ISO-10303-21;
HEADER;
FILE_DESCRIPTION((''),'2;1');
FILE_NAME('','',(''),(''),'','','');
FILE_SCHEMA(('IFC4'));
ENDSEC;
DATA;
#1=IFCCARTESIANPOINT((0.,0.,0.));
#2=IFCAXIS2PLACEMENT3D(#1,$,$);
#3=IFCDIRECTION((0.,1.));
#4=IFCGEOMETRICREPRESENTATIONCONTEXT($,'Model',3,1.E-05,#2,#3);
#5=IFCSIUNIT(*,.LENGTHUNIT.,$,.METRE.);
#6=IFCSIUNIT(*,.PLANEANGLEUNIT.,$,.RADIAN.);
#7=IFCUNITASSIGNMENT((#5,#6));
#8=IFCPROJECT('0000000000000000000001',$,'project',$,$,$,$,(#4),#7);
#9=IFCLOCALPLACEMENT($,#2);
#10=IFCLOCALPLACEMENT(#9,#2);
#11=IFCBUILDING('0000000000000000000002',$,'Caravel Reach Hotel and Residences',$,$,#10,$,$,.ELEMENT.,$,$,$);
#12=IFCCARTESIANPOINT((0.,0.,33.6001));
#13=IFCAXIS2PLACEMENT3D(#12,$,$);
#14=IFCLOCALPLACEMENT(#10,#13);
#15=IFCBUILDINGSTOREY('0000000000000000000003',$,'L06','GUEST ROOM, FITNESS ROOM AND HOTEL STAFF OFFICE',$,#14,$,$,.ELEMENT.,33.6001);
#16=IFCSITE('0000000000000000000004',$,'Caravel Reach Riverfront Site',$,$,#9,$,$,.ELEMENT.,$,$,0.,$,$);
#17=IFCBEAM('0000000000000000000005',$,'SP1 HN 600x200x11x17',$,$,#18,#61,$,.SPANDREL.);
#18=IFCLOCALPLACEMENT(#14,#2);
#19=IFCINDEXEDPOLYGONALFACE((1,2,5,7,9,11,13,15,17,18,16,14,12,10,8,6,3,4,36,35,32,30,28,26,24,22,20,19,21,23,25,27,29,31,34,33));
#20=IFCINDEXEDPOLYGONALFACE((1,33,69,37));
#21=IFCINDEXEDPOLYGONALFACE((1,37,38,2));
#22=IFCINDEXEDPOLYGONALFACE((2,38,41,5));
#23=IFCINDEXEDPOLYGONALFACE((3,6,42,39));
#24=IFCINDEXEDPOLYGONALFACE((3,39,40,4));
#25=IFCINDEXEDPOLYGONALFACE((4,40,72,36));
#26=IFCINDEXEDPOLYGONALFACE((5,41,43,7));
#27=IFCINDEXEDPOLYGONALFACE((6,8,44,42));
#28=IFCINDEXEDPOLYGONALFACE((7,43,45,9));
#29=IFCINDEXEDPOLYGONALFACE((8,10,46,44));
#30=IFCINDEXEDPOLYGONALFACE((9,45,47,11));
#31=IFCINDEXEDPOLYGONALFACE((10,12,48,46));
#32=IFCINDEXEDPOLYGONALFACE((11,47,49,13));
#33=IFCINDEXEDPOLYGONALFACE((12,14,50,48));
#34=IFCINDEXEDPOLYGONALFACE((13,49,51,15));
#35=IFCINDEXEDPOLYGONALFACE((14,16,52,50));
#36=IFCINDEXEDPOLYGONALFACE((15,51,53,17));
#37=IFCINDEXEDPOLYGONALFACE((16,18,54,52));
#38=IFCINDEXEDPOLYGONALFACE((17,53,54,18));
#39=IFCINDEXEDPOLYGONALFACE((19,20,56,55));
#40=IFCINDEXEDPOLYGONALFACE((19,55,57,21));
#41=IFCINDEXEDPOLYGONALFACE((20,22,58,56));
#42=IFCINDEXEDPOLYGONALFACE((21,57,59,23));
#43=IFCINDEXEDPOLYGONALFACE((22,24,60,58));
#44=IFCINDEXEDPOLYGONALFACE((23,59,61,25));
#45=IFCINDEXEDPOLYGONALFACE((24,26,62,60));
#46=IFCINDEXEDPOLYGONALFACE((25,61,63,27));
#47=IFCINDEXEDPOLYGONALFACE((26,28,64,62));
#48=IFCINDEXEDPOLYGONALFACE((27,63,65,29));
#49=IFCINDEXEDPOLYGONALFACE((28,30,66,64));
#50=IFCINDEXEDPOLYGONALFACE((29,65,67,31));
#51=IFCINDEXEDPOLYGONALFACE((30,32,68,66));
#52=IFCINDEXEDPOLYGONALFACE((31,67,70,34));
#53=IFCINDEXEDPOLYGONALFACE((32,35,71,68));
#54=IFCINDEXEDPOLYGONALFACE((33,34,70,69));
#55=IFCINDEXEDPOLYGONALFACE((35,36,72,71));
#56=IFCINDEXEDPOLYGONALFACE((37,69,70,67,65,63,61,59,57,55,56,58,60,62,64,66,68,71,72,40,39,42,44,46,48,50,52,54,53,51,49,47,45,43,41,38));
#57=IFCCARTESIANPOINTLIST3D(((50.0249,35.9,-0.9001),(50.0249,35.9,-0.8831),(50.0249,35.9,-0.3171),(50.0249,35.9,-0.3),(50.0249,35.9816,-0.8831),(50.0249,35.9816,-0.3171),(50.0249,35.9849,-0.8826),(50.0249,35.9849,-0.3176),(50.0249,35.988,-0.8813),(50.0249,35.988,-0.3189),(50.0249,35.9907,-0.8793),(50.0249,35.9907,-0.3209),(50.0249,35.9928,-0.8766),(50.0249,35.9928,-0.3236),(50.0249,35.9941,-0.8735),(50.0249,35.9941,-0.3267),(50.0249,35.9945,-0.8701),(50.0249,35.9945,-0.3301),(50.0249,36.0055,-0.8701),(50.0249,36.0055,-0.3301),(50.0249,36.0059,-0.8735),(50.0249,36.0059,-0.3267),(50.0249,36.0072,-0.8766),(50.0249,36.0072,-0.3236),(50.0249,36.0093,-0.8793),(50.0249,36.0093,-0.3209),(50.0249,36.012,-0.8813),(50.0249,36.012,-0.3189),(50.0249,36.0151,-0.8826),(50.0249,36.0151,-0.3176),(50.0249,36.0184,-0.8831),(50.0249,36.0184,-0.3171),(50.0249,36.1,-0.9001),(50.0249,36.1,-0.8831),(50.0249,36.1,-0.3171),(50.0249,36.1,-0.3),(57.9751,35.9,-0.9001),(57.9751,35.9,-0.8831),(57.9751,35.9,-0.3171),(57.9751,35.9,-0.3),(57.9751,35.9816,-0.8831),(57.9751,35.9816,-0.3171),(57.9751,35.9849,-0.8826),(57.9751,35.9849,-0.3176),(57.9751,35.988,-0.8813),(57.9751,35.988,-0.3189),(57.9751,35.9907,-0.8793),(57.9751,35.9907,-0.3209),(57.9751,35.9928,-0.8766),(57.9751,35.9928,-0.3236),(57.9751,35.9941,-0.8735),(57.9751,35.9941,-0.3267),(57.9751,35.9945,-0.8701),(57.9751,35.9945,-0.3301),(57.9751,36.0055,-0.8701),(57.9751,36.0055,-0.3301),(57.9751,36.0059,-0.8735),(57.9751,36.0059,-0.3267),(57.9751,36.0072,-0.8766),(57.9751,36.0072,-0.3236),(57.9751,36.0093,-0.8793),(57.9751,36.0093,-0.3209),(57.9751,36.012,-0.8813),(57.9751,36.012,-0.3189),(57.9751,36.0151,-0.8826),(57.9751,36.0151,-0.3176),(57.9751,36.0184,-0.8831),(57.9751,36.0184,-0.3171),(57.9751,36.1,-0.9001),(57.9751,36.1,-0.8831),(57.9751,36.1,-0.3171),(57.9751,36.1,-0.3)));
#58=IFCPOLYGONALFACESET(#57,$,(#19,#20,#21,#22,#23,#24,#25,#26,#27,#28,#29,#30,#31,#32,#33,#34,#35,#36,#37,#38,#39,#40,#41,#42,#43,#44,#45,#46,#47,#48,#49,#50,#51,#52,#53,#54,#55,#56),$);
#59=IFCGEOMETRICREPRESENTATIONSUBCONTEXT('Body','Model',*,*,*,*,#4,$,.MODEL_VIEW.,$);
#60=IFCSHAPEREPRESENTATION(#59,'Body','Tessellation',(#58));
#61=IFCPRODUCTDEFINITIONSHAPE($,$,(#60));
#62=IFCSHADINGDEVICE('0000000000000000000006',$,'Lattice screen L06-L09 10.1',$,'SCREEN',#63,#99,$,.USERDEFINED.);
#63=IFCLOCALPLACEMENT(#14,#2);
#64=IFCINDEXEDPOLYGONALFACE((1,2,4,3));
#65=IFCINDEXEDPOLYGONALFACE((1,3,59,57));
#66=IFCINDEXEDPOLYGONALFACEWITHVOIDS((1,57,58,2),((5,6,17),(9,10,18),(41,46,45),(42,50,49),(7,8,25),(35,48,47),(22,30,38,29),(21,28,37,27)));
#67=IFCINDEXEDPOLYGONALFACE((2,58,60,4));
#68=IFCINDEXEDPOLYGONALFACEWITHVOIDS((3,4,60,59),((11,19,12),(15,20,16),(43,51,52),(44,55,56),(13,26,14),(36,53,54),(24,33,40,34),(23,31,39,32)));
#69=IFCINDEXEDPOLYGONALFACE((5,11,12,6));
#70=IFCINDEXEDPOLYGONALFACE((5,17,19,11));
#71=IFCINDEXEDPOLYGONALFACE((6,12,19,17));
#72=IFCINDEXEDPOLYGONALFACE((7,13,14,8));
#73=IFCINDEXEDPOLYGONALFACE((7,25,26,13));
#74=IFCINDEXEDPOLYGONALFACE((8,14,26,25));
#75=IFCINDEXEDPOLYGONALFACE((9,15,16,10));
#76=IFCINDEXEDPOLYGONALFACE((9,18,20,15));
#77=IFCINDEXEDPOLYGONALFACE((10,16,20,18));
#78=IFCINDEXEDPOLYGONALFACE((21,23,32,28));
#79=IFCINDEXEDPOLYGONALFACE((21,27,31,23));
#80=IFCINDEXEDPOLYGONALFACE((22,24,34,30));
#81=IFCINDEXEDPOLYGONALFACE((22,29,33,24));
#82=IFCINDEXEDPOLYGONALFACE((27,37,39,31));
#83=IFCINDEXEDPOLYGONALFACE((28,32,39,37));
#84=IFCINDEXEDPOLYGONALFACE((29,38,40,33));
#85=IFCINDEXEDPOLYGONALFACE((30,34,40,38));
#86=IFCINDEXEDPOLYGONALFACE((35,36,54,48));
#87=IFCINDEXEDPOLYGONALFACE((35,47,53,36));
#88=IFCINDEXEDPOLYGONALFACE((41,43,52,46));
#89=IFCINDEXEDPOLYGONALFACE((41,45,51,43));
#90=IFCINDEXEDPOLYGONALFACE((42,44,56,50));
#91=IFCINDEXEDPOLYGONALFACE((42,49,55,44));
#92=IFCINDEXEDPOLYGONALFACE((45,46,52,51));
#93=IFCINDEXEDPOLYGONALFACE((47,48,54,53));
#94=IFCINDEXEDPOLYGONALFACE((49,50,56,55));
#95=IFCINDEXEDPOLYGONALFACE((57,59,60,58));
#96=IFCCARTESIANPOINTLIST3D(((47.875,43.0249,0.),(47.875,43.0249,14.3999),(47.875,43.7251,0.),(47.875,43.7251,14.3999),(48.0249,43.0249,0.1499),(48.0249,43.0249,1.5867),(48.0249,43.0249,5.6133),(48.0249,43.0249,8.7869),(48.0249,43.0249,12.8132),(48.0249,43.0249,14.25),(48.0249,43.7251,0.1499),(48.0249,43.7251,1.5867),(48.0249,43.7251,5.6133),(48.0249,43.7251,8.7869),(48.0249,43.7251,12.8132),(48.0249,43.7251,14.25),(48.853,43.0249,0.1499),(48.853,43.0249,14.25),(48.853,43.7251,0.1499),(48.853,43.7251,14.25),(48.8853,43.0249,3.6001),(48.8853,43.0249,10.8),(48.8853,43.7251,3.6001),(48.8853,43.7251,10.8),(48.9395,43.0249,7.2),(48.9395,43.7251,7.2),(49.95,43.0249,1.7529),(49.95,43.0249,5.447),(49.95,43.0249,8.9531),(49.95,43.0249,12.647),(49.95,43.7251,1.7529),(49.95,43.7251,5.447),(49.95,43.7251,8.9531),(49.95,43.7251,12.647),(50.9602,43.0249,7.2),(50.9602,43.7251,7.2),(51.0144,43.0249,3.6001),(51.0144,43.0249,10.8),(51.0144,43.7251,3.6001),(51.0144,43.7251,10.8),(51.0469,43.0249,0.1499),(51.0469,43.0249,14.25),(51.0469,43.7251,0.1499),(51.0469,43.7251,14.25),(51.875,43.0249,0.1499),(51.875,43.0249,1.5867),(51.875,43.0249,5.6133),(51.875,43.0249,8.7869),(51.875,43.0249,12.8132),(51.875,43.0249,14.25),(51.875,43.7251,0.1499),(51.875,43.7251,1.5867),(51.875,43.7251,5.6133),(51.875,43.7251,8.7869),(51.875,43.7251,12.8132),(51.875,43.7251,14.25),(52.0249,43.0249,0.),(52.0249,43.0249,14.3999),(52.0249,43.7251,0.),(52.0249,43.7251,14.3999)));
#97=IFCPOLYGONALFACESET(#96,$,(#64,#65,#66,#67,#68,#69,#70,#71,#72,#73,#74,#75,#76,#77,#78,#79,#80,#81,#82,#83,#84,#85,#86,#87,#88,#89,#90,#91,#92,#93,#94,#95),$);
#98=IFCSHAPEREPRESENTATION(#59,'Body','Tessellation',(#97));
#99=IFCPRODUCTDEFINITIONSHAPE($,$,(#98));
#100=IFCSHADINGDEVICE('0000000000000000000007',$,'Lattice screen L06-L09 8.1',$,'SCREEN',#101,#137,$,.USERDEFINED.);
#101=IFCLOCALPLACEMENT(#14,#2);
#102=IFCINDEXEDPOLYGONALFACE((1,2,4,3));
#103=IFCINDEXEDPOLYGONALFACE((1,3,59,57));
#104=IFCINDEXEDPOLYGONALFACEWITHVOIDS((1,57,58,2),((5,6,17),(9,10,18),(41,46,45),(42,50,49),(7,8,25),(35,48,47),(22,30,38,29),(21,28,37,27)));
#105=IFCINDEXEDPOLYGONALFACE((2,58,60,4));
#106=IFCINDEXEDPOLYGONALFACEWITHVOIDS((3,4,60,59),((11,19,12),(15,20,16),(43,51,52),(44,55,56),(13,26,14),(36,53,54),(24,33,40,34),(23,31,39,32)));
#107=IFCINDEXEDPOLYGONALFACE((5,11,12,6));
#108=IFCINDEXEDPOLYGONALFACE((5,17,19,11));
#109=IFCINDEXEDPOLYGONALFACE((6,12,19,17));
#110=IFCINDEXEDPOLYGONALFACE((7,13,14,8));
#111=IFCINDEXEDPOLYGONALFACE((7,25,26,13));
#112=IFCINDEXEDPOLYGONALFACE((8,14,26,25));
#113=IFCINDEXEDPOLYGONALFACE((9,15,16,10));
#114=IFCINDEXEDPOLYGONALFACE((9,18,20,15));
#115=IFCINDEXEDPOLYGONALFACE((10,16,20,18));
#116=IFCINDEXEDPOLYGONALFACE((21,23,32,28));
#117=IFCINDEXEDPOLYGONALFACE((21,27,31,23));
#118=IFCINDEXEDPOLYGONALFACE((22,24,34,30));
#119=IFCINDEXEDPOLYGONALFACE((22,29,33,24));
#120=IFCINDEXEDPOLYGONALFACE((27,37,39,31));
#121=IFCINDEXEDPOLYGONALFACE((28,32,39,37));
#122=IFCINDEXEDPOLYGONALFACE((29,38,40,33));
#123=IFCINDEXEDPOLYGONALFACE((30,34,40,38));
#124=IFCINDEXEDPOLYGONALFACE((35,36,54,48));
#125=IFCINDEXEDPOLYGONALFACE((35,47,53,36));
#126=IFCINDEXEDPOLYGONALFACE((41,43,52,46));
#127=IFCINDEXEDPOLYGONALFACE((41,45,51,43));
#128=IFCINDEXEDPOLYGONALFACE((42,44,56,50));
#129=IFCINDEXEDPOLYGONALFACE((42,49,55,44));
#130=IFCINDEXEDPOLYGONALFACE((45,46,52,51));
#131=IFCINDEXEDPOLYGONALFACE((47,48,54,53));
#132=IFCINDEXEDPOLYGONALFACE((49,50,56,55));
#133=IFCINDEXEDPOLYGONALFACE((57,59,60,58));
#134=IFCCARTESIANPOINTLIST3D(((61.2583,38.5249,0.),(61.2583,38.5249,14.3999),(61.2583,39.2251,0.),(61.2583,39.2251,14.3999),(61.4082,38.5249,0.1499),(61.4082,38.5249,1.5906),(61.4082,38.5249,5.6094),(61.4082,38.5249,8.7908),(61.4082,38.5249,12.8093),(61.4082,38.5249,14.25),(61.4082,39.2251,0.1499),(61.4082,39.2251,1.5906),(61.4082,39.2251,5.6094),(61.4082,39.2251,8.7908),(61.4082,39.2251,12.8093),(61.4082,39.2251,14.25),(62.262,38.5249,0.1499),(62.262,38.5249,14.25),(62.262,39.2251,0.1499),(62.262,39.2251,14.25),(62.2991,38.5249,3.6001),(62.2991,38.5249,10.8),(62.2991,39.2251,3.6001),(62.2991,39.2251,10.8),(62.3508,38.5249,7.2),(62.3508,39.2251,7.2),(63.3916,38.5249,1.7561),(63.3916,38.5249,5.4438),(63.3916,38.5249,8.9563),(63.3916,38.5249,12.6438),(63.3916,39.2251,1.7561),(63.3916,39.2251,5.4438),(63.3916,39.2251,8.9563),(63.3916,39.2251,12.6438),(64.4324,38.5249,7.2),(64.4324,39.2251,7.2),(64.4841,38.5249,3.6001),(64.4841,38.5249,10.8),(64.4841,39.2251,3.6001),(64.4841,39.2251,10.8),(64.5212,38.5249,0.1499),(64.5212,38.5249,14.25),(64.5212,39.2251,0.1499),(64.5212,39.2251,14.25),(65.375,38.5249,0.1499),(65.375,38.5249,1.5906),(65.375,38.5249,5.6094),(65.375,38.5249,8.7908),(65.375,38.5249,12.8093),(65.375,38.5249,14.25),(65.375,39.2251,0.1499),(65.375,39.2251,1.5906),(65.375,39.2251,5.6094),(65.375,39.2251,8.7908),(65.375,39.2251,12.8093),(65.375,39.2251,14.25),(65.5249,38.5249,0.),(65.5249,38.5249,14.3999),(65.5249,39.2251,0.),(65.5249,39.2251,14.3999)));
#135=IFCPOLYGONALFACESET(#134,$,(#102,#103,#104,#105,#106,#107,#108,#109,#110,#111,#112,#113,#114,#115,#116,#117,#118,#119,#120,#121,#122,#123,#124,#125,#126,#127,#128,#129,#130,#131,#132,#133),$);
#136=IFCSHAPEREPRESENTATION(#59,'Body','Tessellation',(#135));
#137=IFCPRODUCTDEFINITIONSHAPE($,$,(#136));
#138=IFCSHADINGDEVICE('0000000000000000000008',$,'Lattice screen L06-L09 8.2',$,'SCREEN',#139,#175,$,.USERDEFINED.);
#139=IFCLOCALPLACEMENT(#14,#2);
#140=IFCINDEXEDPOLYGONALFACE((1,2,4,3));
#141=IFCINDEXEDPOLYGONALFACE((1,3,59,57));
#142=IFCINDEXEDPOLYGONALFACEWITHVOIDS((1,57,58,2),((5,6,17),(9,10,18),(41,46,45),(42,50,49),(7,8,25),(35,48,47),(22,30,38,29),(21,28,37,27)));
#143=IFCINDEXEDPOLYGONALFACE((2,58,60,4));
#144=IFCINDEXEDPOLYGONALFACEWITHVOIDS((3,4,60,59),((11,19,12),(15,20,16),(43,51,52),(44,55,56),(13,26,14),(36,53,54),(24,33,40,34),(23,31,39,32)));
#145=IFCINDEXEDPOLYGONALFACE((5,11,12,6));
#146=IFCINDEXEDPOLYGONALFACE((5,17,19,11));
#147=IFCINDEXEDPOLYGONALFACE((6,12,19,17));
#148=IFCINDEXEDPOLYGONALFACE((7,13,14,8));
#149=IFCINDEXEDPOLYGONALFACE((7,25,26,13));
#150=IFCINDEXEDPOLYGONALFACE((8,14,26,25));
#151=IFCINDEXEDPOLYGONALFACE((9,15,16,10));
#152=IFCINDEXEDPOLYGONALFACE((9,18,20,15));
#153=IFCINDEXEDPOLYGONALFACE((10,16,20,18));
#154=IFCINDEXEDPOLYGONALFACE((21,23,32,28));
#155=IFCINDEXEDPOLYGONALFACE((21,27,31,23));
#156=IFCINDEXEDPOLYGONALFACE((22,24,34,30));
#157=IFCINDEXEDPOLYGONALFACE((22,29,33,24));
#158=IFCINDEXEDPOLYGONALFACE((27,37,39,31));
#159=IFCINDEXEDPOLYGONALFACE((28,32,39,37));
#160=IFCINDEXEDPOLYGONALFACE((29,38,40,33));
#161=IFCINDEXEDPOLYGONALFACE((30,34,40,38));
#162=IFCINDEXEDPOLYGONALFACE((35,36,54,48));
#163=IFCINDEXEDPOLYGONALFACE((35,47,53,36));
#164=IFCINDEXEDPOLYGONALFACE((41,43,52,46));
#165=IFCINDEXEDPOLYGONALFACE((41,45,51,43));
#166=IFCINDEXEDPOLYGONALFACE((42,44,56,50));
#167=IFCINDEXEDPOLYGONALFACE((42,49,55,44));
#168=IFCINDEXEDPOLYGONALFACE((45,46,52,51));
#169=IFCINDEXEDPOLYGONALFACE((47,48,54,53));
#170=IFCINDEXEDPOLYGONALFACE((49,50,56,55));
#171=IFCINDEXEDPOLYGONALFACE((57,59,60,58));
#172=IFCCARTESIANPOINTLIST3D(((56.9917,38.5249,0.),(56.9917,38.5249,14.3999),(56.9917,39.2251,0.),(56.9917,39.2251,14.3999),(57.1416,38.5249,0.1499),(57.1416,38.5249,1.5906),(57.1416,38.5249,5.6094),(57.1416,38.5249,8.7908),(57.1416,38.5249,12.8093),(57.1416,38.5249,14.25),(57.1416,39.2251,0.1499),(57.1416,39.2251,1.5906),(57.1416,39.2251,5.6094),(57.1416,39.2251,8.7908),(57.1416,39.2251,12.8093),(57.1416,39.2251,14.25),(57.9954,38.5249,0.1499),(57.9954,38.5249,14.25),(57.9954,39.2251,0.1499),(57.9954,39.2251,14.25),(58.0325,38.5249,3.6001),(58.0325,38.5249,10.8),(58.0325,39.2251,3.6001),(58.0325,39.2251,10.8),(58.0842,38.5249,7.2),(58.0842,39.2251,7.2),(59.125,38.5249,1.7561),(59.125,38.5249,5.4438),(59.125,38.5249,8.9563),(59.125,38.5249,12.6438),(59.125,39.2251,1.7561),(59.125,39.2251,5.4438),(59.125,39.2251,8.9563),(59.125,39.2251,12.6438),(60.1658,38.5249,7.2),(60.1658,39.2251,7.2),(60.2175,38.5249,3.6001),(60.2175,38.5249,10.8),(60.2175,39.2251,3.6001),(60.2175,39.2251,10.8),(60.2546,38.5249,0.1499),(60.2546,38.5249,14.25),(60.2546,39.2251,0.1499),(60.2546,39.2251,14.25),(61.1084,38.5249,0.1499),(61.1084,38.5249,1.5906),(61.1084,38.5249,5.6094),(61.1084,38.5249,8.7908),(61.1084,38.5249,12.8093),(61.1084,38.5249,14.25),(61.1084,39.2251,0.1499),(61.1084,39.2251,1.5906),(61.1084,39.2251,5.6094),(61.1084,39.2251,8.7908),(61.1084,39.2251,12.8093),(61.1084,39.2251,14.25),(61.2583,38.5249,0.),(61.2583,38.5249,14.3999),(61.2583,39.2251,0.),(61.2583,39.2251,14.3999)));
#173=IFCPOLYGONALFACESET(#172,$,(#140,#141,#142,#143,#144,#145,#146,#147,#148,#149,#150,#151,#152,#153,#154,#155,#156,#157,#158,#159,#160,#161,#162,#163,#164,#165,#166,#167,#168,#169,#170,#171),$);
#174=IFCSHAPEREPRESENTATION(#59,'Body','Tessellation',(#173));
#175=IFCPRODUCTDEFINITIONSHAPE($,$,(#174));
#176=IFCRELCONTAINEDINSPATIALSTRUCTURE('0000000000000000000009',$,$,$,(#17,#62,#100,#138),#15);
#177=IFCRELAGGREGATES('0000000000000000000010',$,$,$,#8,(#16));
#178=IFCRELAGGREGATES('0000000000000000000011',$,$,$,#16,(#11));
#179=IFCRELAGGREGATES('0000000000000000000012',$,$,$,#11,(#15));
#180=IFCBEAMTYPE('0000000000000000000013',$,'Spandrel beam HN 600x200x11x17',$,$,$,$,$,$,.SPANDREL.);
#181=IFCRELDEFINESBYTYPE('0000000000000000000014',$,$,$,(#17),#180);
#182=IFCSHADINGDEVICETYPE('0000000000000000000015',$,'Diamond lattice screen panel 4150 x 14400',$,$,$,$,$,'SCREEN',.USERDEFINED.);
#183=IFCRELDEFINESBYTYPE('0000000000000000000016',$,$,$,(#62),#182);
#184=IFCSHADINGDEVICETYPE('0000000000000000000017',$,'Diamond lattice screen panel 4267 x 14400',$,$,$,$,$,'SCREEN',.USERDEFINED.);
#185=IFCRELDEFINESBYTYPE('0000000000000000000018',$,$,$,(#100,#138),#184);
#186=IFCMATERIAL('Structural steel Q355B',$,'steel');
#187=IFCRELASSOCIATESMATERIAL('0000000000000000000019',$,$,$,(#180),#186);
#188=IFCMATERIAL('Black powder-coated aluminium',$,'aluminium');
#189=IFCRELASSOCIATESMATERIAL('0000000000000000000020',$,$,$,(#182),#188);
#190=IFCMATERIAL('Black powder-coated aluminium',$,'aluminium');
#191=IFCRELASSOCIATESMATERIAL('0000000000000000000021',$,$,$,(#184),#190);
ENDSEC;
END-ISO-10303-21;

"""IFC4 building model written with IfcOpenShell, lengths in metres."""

from ifc_helpers import new_model, si_unit, direction, frame, origin, origin_2d, place, context, subcontext, project, spatial, polyline, i_section, outline, extrude, material, material_profile, profile_set, type_object, element, save


model = new_model("IFC4")

# Units and contexts
model_context = context("Model", 3, precision=1e-05, world=origin(), true_north=direction((0.0, 1.0)))
body_context = subcontext(model_context, "Body", "Model", "MODEL_VIEW")
ifc_project = project(units=[si_unit("LENGTHUNIT", "METRE"), si_unit("PLANEANGLEUNIT", "RADIAN")], contexts=[model_context])

# Site, building, storey
site_placement = place(None, origin())
site = spatial("IfcSite", under=ifc_project, at=site_placement, Name="Caravel Reach Riverfront Site", CompositionType="ELEMENT", RefElevation=0.0)
building_placement = place(site_placement, origin())
building = spatial("IfcBuilding", under=site, at=building_placement, Name="Caravel Reach Hotel and Residences", CompositionType="ELEMENT")
storey_placement = place(building_placement, frame((0.0, 0.0, 33.6001)))
storey = spatial("IfcBuildingStorey", under=building, at=storey_placement, Name="L06", Description="GUEST ROOM, FITNESS ROOM AND HOTEL STAFF OFFICE", CompositionType="ELEMENT", Elevation=33.6001)

# Beam
ifc_material_1 = material(Name="Structural steel Q355B", Category="steel")
ifc_material_profile_1 = material_profile(ifc_material_1, i_section(OverallWidth=0.2, OverallDepth=0.6001, WebThickness=0.011, FlangeThickness=0.0171, FilletRadius=0.0129, at=origin_2d()), Name="HN 600x200x11x17")
ifc_profile_set_1 = profile_set([ifc_material_profile_1], Name="Structural steel Q355B")
beam_type_1 = type_object("IfcBeamType", Name="Spandrel beam HN 600x200x11x17", PredefinedType="SPANDREL", material=ifc_profile_set_1)
beam_placement = place(storey_placement, frame((57.9751, 36.0, -0.6001), z_axis=(-1.0, 0.0, 0.0), x_axis=(0.0, -1.0, 0.0)))
element("IfcBeam", 1, at=beam_placement, inside=storey, type_object=beam_type_1, Name="SP1 HN 600x200x11x17", PredefinedType="SPANDREL", context=body_context, shape_type="SweptSolid", body=[
    extrude(i_section(OverallWidth=0.2, OverallDepth=0.6001, WebThickness=0.011, FlangeThickness=0.0171, FilletRadius=0.0129, at=origin_2d()), origin(), (0.0, 0.0, 1.0), 7.9502),
])

# Shading devices
ifc_material_2 = material(Name="Black powder-coated aluminium", Category="aluminium")
shading_device_type_1 = type_object("IfcShadingDeviceType", Name="Diamond lattice screen panel 4150 x 14400", ElementType="SCREEN", PredefinedType="USERDEFINED", material=ifc_material_2)
shading_device_1_placement = place(storey_placement, frame((52.0249, 43.0249, 0.0), z_axis=(0.0, 1.0, 0.0), x_axis=(-1.0, 0.0, 0.0)))
element("IfcShadingDevice", 2, at=shading_device_1_placement, inside=storey, type_object=shading_device_type_1, Name="Lattice screen L06-L09 10.1", ObjectType="SCREEN", PredefinedType="USERDEFINED", context=body_context, shape_type="SweptSolid", body=[
    extrude(outline(polyline([(0.0, 0.0), (4.1499, 0.0), (4.1499, 14.3999), (0.0, 14.3999), (0.0, 0.0)]), holes=[polyline([(0.978, 0.1499), (0.1499, 1.5867), (0.1499, 0.1499), (0.978, 0.1499)]), polyline([(1.0647, 7.2), (0.1499, 8.7869), (0.1499, 5.6133), (1.0647, 7.2)]), polyline([(0.1499, 12.8132), (0.978, 14.25), (0.1499, 14.25), (0.1499, 12.8132)]), polyline([(2.075, 5.447), (1.0105, 3.6001), (2.075, 1.7529), (3.1396, 3.6001), (2.075, 5.447)]), polyline([(2.075, 12.647), (1.0105, 10.8), (2.075, 8.9531), (3.1396, 10.8), (2.075, 12.647)]), polyline([(4.0, 1.5867), (3.1719, 0.1499), (4.0, 0.1499), (4.0, 1.5867)]), polyline([(3.0854, 7.2), (4.0, 5.6133), (4.0, 8.7869), (3.0854, 7.2)]), polyline([(3.1719, 14.25), (4.0, 12.8132), (4.0, 14.25), (3.1719, 14.25)])]), origin(), (0.0, 0.0, 1.0), 0.7002),
])
ifc_material_3 = material(Name="Black powder-coated aluminium", Category="aluminium")
shading_device_type_2 = type_object("IfcShadingDeviceType", Name="Diamond lattice screen panel 4267 x 14400", ElementType="SCREEN", PredefinedType="USERDEFINED", material=ifc_material_3)
for number, where, z_axis, x_axis, name in (
    (3, (65.5249, 38.5249, 0.0), (0.0, 1.0, 0.0), (-1.0, 0.0, 0.0), "Lattice screen L06-L09 8.1"),
    (4, (61.2583, 38.5249, 0.0), (0.0, 1.0, 0.0), (-1.0, 0.0, 0.0), "Lattice screen L06-L09 8.2"),
):
    element("IfcShadingDevice", number, at=place(storey_placement, frame(where, z_axis=z_axis, x_axis=x_axis)), inside=storey, type_object=shading_device_type_2, Name=name, ObjectType="SCREEN", PredefinedType="USERDEFINED", context=body_context, shape_type="SweptSolid", body=[
        extrude(outline(polyline([(0.0, 0.0), (4.2666, 0.0), (4.2666, 14.3999), (0.0, 14.3999), (0.0, 0.0)]), holes=[polyline([(1.0037, 0.1499), (0.1499, 1.5906), (0.1499, 0.1499), (1.0037, 0.1499)]), polyline([(1.0925, 7.2), (0.1499, 8.7908), (0.1499, 5.6094), (1.0925, 7.2)]), polyline([(0.1499, 12.8093), (1.0037, 14.25), (0.1499, 14.25), (0.1499, 12.8093)]), polyline([(2.1333, 5.4438), (1.0408, 3.6001), (2.1333, 1.7561), (3.2258, 3.6001), (2.1333, 5.4438)]), polyline([(2.1333, 12.6438), (1.0408, 10.8), (2.1333, 8.9563), (3.2258, 10.8), (2.1333, 12.6438)]), polyline([(4.1167, 1.5906), (3.2629, 0.1499), (4.1167, 0.1499), (4.1167, 1.5906)]), polyline([(3.1741, 7.2), (4.1167, 5.6094), (4.1167, 8.7908), (3.1741, 7.2)]), polyline([(3.2629, 14.25), (4.1167, 12.8093), (4.1167, 14.25), (3.2629, 14.25)])]), origin(), (0.0, 0.0, 1.0), 0.7002),
    ])

save(model, "model.ifc")
